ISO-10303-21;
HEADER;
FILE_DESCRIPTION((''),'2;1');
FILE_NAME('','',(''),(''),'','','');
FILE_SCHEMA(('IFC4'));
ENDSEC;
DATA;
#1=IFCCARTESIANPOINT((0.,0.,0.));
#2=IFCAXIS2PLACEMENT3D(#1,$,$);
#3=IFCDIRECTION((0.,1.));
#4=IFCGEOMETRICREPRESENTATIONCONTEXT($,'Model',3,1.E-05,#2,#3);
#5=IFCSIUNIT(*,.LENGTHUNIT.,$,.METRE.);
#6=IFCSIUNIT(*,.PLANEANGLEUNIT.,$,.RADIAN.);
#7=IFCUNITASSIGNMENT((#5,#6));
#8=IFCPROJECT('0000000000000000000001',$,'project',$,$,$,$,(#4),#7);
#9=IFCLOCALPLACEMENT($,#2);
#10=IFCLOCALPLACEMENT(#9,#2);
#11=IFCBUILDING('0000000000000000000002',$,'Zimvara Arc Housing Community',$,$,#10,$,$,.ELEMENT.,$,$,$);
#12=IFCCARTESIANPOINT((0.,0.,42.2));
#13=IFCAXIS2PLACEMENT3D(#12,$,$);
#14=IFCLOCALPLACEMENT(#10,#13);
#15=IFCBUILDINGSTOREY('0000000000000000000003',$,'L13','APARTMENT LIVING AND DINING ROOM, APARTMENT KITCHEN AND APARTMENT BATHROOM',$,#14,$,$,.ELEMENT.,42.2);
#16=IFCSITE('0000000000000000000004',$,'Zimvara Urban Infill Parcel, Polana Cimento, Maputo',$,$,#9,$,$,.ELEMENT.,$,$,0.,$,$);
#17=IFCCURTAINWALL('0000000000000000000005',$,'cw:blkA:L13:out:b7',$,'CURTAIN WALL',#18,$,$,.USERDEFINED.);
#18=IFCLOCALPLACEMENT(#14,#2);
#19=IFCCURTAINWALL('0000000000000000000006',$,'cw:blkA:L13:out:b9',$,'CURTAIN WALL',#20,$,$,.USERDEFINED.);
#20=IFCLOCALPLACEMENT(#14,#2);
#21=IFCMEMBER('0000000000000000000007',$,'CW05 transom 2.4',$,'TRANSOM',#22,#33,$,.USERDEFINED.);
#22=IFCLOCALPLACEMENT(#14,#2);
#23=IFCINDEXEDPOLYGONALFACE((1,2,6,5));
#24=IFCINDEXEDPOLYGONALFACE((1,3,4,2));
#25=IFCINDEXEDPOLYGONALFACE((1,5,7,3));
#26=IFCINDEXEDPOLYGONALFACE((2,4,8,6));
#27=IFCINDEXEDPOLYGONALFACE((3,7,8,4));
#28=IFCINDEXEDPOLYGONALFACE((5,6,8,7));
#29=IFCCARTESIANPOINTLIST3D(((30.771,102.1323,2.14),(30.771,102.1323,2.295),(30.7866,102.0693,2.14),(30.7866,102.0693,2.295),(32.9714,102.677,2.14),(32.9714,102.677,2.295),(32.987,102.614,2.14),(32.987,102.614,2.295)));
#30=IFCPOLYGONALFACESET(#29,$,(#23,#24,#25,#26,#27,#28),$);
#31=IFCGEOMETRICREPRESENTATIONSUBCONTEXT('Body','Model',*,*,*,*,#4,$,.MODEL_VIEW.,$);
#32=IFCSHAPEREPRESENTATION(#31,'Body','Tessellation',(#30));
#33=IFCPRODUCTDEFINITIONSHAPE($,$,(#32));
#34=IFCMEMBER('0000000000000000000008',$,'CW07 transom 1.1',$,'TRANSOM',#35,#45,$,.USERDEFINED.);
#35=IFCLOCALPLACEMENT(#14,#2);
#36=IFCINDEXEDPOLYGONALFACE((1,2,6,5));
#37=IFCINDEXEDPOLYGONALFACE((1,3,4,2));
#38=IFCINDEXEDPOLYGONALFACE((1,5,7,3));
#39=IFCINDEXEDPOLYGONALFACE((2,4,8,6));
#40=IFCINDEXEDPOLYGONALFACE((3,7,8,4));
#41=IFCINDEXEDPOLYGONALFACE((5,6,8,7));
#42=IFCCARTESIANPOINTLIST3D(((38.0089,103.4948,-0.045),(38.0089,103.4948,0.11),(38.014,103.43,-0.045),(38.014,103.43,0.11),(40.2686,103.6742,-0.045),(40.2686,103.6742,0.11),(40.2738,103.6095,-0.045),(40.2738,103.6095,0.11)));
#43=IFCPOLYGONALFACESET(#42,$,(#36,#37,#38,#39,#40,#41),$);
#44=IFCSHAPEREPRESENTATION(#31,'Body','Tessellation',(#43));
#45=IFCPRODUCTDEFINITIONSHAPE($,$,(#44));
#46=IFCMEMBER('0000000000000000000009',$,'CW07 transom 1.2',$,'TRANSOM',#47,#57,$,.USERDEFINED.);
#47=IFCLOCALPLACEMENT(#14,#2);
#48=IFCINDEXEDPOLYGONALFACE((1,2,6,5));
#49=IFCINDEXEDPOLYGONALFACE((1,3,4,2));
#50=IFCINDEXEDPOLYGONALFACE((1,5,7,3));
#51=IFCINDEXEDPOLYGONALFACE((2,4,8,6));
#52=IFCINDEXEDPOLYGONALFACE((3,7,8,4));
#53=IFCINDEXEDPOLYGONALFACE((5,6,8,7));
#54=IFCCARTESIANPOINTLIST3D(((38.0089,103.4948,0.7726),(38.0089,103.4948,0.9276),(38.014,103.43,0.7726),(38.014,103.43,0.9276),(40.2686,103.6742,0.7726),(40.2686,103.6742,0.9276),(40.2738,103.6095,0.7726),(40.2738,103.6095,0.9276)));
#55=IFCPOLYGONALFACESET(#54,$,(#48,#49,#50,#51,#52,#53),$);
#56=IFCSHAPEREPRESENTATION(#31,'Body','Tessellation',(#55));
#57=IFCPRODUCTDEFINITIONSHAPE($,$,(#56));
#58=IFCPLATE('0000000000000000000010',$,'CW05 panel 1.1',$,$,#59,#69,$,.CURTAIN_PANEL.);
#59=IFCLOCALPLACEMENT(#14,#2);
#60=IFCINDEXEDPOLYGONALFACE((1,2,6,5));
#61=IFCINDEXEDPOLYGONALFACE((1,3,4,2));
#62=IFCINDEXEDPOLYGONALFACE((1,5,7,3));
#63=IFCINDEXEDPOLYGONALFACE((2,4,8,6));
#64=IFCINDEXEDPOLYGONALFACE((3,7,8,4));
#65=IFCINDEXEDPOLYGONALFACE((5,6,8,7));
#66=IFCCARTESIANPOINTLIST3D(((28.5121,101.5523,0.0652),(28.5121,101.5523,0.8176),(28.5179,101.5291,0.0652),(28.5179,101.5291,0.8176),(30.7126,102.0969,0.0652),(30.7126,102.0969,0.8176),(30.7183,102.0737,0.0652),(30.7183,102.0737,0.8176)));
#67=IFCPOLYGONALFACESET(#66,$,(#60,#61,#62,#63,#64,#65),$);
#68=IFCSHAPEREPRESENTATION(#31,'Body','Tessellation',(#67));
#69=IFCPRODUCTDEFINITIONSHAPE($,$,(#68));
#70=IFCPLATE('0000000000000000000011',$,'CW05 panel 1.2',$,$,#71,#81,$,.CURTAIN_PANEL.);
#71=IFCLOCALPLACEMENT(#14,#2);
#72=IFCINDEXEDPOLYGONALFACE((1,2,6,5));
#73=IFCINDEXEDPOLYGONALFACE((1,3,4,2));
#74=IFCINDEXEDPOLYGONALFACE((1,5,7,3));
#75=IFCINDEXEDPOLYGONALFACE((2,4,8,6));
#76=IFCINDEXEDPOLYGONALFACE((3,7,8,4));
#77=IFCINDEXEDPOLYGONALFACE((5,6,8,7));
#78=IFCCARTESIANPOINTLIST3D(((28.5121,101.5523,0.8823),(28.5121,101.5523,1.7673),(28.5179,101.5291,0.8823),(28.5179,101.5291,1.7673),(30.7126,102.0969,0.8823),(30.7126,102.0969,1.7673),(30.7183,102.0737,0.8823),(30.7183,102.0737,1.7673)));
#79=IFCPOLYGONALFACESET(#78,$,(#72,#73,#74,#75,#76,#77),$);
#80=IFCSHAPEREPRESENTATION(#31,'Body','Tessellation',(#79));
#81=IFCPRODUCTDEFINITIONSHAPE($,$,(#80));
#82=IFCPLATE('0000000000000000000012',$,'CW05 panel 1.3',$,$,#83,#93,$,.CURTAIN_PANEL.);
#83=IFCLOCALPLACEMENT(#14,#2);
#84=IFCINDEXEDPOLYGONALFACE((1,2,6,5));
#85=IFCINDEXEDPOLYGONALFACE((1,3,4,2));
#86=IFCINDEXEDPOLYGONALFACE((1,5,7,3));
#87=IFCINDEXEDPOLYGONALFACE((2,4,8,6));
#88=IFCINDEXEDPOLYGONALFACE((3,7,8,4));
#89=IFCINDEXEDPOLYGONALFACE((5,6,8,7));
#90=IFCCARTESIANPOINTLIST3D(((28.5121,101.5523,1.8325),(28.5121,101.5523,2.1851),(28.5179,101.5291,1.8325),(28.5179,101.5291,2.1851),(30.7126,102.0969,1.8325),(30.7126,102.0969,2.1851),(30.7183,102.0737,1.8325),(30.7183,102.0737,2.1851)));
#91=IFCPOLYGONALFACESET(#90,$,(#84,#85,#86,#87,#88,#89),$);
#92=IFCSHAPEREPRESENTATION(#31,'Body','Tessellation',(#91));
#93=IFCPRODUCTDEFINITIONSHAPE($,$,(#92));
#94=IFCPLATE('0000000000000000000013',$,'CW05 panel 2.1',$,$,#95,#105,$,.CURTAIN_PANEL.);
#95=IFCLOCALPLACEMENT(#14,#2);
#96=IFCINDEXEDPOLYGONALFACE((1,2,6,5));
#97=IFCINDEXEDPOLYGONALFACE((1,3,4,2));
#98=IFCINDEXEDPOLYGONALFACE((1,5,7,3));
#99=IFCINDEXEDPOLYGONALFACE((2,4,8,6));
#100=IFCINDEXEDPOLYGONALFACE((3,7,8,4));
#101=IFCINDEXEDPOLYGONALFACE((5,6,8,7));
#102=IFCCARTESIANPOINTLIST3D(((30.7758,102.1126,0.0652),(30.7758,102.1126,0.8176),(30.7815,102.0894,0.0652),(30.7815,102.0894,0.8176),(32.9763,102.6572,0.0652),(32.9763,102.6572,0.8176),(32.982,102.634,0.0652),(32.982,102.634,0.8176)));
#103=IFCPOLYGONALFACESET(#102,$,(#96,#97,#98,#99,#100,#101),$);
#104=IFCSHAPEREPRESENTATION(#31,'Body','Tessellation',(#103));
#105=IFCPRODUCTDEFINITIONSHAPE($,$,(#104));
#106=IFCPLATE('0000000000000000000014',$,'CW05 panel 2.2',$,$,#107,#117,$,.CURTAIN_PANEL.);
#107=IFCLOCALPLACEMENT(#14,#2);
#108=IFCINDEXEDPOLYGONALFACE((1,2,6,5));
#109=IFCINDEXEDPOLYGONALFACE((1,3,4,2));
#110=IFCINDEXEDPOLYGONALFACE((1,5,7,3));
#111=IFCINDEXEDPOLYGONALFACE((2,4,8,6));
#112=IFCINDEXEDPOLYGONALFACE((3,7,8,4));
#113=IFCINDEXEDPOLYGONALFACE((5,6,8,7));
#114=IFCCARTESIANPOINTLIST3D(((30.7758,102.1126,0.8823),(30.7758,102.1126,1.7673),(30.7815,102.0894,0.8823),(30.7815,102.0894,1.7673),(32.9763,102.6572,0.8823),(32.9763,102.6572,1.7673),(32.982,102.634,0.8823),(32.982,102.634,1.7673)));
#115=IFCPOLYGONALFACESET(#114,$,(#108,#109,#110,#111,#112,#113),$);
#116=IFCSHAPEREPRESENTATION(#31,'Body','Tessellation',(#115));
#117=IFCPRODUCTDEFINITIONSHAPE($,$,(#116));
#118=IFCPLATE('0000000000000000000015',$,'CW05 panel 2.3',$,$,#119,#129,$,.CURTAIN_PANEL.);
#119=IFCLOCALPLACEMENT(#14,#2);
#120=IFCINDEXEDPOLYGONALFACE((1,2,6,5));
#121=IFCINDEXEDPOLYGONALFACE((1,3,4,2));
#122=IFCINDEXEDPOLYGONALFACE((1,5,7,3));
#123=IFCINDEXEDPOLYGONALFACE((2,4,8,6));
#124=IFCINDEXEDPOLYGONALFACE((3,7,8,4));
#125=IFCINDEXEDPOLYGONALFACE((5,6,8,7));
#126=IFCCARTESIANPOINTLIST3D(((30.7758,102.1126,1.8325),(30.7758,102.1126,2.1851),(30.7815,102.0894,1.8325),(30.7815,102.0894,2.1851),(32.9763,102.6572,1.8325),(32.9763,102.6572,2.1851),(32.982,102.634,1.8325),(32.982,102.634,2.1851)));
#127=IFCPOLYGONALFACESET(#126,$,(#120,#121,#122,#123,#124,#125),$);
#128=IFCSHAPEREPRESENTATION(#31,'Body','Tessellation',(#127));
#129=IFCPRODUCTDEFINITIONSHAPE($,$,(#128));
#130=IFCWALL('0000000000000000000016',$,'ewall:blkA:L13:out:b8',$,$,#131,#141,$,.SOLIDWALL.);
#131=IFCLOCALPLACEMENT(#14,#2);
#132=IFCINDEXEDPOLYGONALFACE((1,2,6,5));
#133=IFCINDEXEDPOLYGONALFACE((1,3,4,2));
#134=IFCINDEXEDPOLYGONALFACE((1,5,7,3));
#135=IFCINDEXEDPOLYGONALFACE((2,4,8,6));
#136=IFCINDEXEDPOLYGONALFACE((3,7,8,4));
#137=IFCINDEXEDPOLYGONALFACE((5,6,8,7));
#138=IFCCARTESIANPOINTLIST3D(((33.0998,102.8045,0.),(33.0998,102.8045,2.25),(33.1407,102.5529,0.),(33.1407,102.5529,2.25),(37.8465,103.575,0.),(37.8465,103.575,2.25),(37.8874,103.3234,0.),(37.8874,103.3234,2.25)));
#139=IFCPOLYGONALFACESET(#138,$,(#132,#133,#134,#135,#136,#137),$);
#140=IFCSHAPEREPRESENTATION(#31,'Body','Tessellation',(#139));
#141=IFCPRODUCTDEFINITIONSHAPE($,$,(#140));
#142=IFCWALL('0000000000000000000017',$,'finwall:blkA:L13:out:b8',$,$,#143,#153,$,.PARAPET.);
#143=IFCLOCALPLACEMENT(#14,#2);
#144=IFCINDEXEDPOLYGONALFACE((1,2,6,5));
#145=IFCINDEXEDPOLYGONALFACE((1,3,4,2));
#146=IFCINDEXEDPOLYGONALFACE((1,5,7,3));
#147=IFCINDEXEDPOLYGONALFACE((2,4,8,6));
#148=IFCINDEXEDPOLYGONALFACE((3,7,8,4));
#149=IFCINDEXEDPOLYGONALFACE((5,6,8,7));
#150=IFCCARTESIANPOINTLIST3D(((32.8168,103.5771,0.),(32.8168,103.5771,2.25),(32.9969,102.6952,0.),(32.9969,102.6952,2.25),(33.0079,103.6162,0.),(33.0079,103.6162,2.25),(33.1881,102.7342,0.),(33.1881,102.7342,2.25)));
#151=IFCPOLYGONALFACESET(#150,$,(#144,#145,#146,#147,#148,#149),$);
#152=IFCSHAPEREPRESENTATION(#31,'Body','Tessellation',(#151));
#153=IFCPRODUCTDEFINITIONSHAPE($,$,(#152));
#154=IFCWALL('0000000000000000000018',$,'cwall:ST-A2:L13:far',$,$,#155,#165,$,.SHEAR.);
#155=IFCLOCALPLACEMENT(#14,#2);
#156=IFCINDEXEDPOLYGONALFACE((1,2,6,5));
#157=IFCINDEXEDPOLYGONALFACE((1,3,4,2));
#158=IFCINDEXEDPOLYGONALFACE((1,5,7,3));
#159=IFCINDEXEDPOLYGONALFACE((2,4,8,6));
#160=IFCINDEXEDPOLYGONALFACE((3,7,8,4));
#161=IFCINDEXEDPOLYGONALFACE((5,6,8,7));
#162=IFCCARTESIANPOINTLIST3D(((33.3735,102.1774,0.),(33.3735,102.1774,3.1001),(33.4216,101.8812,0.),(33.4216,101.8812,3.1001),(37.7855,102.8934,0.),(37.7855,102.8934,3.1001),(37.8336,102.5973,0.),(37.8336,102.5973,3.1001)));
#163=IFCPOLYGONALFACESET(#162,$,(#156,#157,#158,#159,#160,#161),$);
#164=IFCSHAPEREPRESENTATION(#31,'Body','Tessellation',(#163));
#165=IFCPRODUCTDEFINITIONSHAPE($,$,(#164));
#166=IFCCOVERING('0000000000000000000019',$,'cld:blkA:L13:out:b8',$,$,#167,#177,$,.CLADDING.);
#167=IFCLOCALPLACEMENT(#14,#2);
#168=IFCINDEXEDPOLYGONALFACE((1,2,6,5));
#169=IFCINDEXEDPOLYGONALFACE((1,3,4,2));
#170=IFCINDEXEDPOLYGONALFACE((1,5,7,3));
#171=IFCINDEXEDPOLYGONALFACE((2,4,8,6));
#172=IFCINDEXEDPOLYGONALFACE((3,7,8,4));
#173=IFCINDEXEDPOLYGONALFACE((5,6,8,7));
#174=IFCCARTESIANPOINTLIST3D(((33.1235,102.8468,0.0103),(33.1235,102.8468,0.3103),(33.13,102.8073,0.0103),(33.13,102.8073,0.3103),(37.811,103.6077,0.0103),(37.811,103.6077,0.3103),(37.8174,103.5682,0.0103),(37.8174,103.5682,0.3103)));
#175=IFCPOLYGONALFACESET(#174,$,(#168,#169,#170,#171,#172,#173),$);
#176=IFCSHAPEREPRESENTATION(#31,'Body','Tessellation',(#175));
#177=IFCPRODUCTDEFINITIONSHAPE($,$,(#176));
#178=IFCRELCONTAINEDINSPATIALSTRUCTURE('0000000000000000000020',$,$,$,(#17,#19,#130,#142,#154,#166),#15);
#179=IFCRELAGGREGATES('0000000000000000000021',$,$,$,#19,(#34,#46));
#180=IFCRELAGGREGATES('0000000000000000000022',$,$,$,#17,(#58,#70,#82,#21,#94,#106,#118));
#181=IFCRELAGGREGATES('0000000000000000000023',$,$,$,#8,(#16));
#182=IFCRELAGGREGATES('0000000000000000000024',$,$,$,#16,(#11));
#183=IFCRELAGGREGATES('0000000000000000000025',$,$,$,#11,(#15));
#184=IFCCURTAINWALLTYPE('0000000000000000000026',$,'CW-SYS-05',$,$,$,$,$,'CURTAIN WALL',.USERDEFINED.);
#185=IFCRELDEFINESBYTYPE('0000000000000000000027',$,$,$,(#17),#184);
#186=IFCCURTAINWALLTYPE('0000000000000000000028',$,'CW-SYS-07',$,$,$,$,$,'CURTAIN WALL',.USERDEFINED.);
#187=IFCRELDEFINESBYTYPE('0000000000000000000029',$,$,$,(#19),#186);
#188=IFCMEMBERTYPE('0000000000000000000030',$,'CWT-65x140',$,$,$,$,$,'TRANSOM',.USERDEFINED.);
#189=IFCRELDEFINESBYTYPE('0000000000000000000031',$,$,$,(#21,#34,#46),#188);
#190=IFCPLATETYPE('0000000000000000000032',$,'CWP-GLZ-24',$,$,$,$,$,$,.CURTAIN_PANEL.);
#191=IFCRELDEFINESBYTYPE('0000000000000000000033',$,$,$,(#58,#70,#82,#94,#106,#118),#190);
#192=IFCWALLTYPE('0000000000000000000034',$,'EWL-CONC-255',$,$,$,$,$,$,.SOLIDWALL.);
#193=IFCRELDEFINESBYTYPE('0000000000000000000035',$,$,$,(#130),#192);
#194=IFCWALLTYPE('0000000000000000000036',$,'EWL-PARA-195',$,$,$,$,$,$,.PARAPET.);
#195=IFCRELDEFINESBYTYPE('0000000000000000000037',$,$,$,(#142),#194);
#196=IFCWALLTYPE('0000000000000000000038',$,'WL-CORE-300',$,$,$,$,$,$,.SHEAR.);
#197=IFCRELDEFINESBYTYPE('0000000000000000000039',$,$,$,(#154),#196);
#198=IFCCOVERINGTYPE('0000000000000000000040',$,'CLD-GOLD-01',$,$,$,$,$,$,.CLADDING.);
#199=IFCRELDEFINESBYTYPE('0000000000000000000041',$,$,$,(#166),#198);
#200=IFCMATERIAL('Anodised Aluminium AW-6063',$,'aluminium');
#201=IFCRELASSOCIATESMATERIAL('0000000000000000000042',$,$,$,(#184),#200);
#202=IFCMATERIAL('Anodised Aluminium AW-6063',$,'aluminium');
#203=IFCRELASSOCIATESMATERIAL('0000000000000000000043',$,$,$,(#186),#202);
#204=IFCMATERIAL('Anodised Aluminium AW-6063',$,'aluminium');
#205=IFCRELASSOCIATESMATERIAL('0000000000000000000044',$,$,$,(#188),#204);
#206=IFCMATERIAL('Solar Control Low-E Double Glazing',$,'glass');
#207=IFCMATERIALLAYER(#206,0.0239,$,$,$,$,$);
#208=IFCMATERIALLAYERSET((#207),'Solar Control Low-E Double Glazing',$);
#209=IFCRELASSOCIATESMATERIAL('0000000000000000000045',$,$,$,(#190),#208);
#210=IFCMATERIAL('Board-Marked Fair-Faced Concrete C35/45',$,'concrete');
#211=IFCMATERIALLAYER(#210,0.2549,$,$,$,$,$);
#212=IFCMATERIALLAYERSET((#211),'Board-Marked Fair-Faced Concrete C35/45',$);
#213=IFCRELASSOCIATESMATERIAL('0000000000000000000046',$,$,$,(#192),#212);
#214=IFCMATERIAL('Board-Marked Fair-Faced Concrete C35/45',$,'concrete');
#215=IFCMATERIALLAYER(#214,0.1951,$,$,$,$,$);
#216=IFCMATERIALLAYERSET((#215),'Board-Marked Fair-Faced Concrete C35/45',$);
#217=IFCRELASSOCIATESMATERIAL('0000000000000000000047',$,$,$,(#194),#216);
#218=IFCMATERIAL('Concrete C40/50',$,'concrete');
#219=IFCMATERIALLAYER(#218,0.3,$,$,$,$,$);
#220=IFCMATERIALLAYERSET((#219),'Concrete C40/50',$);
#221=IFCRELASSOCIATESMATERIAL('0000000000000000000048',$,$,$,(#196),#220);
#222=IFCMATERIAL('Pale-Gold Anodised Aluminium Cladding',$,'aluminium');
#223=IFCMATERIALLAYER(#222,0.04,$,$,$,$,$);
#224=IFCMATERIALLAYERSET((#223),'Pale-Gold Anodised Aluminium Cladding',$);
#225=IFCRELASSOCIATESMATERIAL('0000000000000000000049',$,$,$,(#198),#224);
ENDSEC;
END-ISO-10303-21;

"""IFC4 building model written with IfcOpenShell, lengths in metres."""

from ifc_helpers import new_model, si_unit, direction, frame, frame_2d, origin, origin_2d, place, context, subcontext, project, spatial, rectangle, extrude, material, layer, layer_set, material_profile, profile_set, type_object, element, aggregate, save


model = new_model("IFC4")

# Units and contexts
model_context = context("Model", 3, precision=1e-05, world=origin(), true_north=direction((0.0, 1.0)))
body_context = subcontext(model_context, "Body", "Model", "MODEL_VIEW")
ifc_project = project(units=[si_unit("LENGTHUNIT", "METRE"), si_unit("PLANEANGLEUNIT", "RADIAN")], contexts=[model_context])

# Site, building, storey
site_placement = place(None, origin())
site = spatial("IfcSite", under=ifc_project, at=site_placement, Name="Zimvara Urban Infill Parcel, Polana Cimento, Maputo", CompositionType="ELEMENT", RefElevation=0.0)
building_placement = place(site_placement, origin())
building = spatial("IfcBuilding", under=site, at=building_placement, Name="Zimvara Arc Housing Community", CompositionType="ELEMENT")
storey_placement = place(building_placement, frame((0.0, 0.0, 42.2)))
storey = spatial("IfcBuildingStorey", under=building, at=storey_placement, Name="L13", Description="APARTMENT LIVING AND DINING ROOM, APARTMENT KITCHEN AND APARTMENT BATHROOM", CompositionType="ELEMENT", Elevation=42.2)

# Curtain wall
ifc_material_1 = material(Name="Anodised Aluminium AW-6063", Category="aluminium")
curtain_wall_type_1 = type_object("IfcCurtainWallType", Name="CW-SYS-05", ElementType="CURTAIN WALL", PredefinedType="USERDEFINED", material=ifc_material_1)
curtain_wall_1_placement = place(storey_placement, origin())
curtain_wall_1 = element("IfcCurtainWall", 1, at=curtain_wall_1_placement, inside=storey, type_object=curtain_wall_type_1, Name="cw:blkA:L13:out:b7", ObjectType="CURTAIN WALL", PredefinedType="USERDEFINED")

# Curtain wall
ifc_material_2 = material(Name="Anodised Aluminium AW-6063", Category="aluminium")
curtain_wall_type_2 = type_object("IfcCurtainWallType", Name="CW-SYS-07", ElementType="CURTAIN WALL", PredefinedType="USERDEFINED", material=ifc_material_2)
curtain_wall_2_placement = place(storey_placement, origin())
curtain_wall_2 = element("IfcCurtainWall", 2, at=curtain_wall_2_placement, inside=storey, type_object=curtain_wall_type_2, Name="cw:blkA:L13:out:b9", ObjectType="CURTAIN WALL", PredefinedType="USERDEFINED")

# Members
ifc_material_3 = material(Name="Anodised Aluminium AW-6063", Category="aluminium")
ifc_material_profile_1 = material_profile(ifc_material_3, rectangle(XDim=0.0649, YDim=0.155, at=origin_2d()), Name="ALU 65x155")
ifc_profile_set_1 = profile_set([ifc_material_profile_1], Name="Anodised Aluminium AW-6063")
member_type_1 = type_object("IfcMemberType", Name="CWT-65x140", ElementType="TRANSOM", PredefinedType="USERDEFINED", material=ifc_profile_set_1)
member_1_placement = place(storey_placement, frame((30.7788, 102.1008, 2.2175), z_axis=(0.970704, 0.24028, 0.0), x_axis=(-0.24028, 0.970704, 0.0)))
member_1 = element("IfcMember", 3, at=member_1_placement, type_object=member_type_1, Name="CW05 transom 2.4", ObjectType="TRANSOM", PredefinedType="USERDEFINED", context=body_context, shape_type="SweptSolid", body=[
    extrude(rectangle(XDim=0.0649, YDim=0.155, at=origin_2d()), origin(), (0.0, 0.0, 1.0), 2.2668),
])
member_2_placement = place(storey_placement, frame((38.0115, 103.4624, 0.0325), z_axis=(0.996862, 0.079159, 0.0), x_axis=(-0.079159, 0.996862, 0.0)))
member_2 = element("IfcMember", 4, at=member_2_placement, type_object=member_type_1, Name="CW07 transom 1.1", ObjectType="TRANSOM", PredefinedType="USERDEFINED", context=body_context, shape_type="SweptSolid", body=[
    extrude(rectangle(XDim=0.0649, YDim=0.155, at=origin_2d()), origin(), (0.0, 0.0, 1.0), 2.2668),
])
member_3_placement = place(storey_placement, frame((38.0115, 103.4624, 0.8501), z_axis=(0.996862, 0.079159, 0.0), x_axis=(-0.079159, 0.996862, 0.0)))
member_3 = element("IfcMember", 5, at=member_3_placement, type_object=member_type_1, Name="CW07 transom 1.2", ObjectType="TRANSOM", PredefinedType="USERDEFINED", context=body_context, shape_type="SweptSolid", body=[
    extrude(rectangle(XDim=0.0649, YDim=0.155, at=origin_2d()), origin(), (0.0, 0.0, 1.0), 2.2668),
])
aggregate(curtain_wall_2, [member_2, member_3])

# Plates
ifc_material_4 = material(Name="Solar Control Low-E Double Glazing", Category="glass")
ifc_layer_1 = layer(ifc_material_4, 0.0239)
ifc_layer_set_1 = layer_set([ifc_layer_1], Name="Solar Control Low-E Double Glazing")
plate_type = type_object("IfcPlateType", Name="CWP-GLZ-24", PredefinedType="CURTAIN_PANEL", material=ifc_layer_set_1)
plate_1_placement = place(storey_placement, frame((29.6152, 101.813, 0.0652), z_axis=(0.0, 0.0, 1.0), x_axis=(0.970716, 0.24023, 0.0)))
plate_1 = element("IfcPlate", 6, at=plate_1_placement, type_object=plate_type, Name="CW05 panel 1.1", PredefinedType="CURTAIN_PANEL", context=body_context, shape_type="SweptSolid", body=[
    extrude(rectangle(XDim=2.2668, YDim=0.0239, at=origin_2d()), origin(), (0.0, 0.0, 1.0), 0.7524),
])
plate_2_placement = place(storey_placement, frame((29.6152, 101.813, 0.8823), z_axis=(0.0, 0.0, 1.0), x_axis=(0.970716, 0.24023, 0.0)))
plate_2 = element("IfcPlate", 7, at=plate_2_placement, type_object=plate_type, Name="CW05 panel 1.2", PredefinedType="CURTAIN_PANEL", context=body_context, shape_type="SweptSolid", body=[
    extrude(rectangle(XDim=2.2668, YDim=0.0239, at=origin_2d()), origin(), (0.0, 0.0, 1.0), 0.885),
])
plate_3_placement = place(storey_placement, frame((29.6152, 101.813, 1.8325), z_axis=(0.0, 0.0, 1.0), x_axis=(0.970716, 0.24023, 0.0)))
plate_3 = element("IfcPlate", 8, at=plate_3_placement, type_object=plate_type, Name="CW05 panel 1.3", PredefinedType="CURTAIN_PANEL", context=body_context, shape_type="SweptSolid", body=[
    extrude(rectangle(XDim=2.2668, YDim=0.0239, at=origin_2d()), origin(), (0.0, 0.0, 1.0), 0.3525),
])
plate_4_placement = place(storey_placement, frame((31.8789, 102.3733, 0.0652), z_axis=(0.0, 0.0, 1.0), x_axis=(0.970716, 0.24023, 0.0)))
plate_4 = element("IfcPlate", 9, at=plate_4_placement, type_object=plate_type, Name="CW05 panel 2.1", PredefinedType="CURTAIN_PANEL", context=body_context, shape_type="SweptSolid", body=[
    extrude(rectangle(XDim=2.2668, YDim=0.0239, at=origin_2d()), origin(), (0.0, 0.0, 1.0), 0.7524),
])
plate_5_placement = place(storey_placement, frame((31.8789, 102.3733, 0.8823), z_axis=(0.0, 0.0, 1.0), x_axis=(0.970716, 0.24023, 0.0)))
plate_5 = element("IfcPlate", 10, at=plate_5_placement, type_object=plate_type, Name="CW05 panel 2.2", PredefinedType="CURTAIN_PANEL", context=body_context, shape_type="SweptSolid", body=[
    extrude(rectangle(XDim=2.2668, YDim=0.0239, at=origin_2d()), origin(), (0.0, 0.0, 1.0), 0.885),
])
plate_6_placement = place(storey_placement, frame((31.8789, 102.3733, 1.8325), z_axis=(0.0, 0.0, 1.0), x_axis=(0.970716, 0.24023, 0.0)))
plate_6 = element("IfcPlate", 11, at=plate_6_placement, type_object=plate_type, Name="CW05 panel 2.3", PredefinedType="CURTAIN_PANEL", context=body_context, shape_type="SweptSolid", body=[
    extrude(rectangle(XDim=2.2668, YDim=0.0239, at=origin_2d()), origin(), (0.0, 0.0, 1.0), 0.3525),
])
aggregate(curtain_wall_1, [plate_1, plate_2, plate_3, member_1, plate_4, plate_5, plate_6])

# Walls
ifc_material_5 = material(Name="Board-Marked Fair-Faced Concrete C35/45", Category="concrete")
ifc_layer_2 = layer(ifc_material_5, 0.2549)
ifc_layer_set_2 = layer_set([ifc_layer_2], Name="Board-Marked Fair-Faced Concrete C35/45")
wall_type_1 = type_object("IfcWallType", Name="EWL-CONC-255", PredefinedType="SOLIDWALL", material=ifc_layer_set_2)
wall_1_placement = place(storey_placement, frame((33.1204, 102.6787, 0.0), z_axis=(0.0, 0.0, 1.0), x_axis=(0.987081, 0.160224, 0.0)))
element("IfcWall", 12, at=wall_1_placement, inside=storey, type_object=wall_type_1, Name="ewall:blkA:L13:out:b8", PredefinedType="SOLIDWALL", context=body_context, shape_type="SweptSolid", body=[
    extrude(rectangle(XDim=4.8088, YDim=0.2549, at=frame_2d((2.4043, 0.0))), origin(), (0.0, 0.0, 1.0), 2.25),
])
ifc_material_6 = material(Name="Board-Marked Fair-Faced Concrete C35/45", Category="concrete")
ifc_layer_3 = layer(ifc_material_6, 0.1951)
ifc_layer_set_3 = layer_set([ifc_layer_3], Name="Board-Marked Fair-Faced Concrete C35/45")
wall_type_2 = type_object("IfcWallType", Name="EWL-PARA-195", PredefinedType="PARAPET", material=ifc_layer_set_3)
wall_2_placement = place(storey_placement, frame((33.0925, 102.7146, 0.0), z_axis=(0.0, 0.0, 1.0), x_axis=(-0.200183, 0.979758, 0.0)))
element("IfcWall", 13, at=wall_2_placement, inside=storey, type_object=wall_type_2, Name="finwall:blkA:L13:out:b8", PredefinedType="PARAPET", context=body_context, shape_type="SweptSolid", body=[
    extrude(rectangle(XDim=0.9001, YDim=0.1951, at=frame_2d((0.4502, 0.0))), origin(), (0.0, 0.0, 1.0), 2.25),
])
ifc_material_7 = material(Name="Concrete C40/50", Category="concrete")
ifc_layer_4 = layer(ifc_material_7, 0.3)
ifc_layer_set_4 = layer_set([ifc_layer_4], Name="Concrete C40/50")
wall_type_3 = type_object("IfcWallType", Name="WL-CORE-300", PredefinedType="SHEAR", material=ifc_layer_set_4)
wall_3_placement = place(storey_placement, frame((37.8096, 102.7454, 0.0), z_axis=(0.0, 0.0, 1.0), x_axis=(-0.987085, -0.160199, 0.0)))
element("IfcWall", 14, at=wall_3_placement, inside=storey, type_object=wall_type_3, Name="cwall:ST-A2:L13:far", PredefinedType="SHEAR", context=body_context, shape_type="SweptSolid", body=[
    extrude(rectangle(XDim=4.4697, YDim=0.3, at=frame_2d((2.2349, 0.0))), origin(), (0.0, 0.0, 1.0), 3.1001),
])

# Covering
ifc_material_8 = material(Name="Pale-Gold Anodised Aluminium Cladding", Category="aluminium")
ifc_layer_5 = layer(ifc_material_8, 0.04)
ifc_layer_set_5 = layer_set([ifc_layer_5], Name="Pale-Gold Anodised Aluminium Cladding")
covering_type = type_object("IfcCoveringType", Name="CLD-GOLD-01", PredefinedType="CLADDING", material=ifc_layer_set_5)
covering_placement = place(storey_placement, frame((35.4705, 103.2075, 0.0103), z_axis=(0.0, 0.0, 1.0), x_axis=(0.98708, 0.160226, 0.0)))
element("IfcCovering", 15, at=covering_placement, inside=storey, type_object=covering_type, Name="cld:blkA:L13:out:b8", PredefinedType="CLADDING", context=body_context, shape_type="SweptSolid", body=[
    extrude(rectangle(XDim=4.7488, YDim=0.04, at=origin_2d()), origin(), (0.0, 0.0, 1.0), 0.3),
])

save(model, "model.ifc")
